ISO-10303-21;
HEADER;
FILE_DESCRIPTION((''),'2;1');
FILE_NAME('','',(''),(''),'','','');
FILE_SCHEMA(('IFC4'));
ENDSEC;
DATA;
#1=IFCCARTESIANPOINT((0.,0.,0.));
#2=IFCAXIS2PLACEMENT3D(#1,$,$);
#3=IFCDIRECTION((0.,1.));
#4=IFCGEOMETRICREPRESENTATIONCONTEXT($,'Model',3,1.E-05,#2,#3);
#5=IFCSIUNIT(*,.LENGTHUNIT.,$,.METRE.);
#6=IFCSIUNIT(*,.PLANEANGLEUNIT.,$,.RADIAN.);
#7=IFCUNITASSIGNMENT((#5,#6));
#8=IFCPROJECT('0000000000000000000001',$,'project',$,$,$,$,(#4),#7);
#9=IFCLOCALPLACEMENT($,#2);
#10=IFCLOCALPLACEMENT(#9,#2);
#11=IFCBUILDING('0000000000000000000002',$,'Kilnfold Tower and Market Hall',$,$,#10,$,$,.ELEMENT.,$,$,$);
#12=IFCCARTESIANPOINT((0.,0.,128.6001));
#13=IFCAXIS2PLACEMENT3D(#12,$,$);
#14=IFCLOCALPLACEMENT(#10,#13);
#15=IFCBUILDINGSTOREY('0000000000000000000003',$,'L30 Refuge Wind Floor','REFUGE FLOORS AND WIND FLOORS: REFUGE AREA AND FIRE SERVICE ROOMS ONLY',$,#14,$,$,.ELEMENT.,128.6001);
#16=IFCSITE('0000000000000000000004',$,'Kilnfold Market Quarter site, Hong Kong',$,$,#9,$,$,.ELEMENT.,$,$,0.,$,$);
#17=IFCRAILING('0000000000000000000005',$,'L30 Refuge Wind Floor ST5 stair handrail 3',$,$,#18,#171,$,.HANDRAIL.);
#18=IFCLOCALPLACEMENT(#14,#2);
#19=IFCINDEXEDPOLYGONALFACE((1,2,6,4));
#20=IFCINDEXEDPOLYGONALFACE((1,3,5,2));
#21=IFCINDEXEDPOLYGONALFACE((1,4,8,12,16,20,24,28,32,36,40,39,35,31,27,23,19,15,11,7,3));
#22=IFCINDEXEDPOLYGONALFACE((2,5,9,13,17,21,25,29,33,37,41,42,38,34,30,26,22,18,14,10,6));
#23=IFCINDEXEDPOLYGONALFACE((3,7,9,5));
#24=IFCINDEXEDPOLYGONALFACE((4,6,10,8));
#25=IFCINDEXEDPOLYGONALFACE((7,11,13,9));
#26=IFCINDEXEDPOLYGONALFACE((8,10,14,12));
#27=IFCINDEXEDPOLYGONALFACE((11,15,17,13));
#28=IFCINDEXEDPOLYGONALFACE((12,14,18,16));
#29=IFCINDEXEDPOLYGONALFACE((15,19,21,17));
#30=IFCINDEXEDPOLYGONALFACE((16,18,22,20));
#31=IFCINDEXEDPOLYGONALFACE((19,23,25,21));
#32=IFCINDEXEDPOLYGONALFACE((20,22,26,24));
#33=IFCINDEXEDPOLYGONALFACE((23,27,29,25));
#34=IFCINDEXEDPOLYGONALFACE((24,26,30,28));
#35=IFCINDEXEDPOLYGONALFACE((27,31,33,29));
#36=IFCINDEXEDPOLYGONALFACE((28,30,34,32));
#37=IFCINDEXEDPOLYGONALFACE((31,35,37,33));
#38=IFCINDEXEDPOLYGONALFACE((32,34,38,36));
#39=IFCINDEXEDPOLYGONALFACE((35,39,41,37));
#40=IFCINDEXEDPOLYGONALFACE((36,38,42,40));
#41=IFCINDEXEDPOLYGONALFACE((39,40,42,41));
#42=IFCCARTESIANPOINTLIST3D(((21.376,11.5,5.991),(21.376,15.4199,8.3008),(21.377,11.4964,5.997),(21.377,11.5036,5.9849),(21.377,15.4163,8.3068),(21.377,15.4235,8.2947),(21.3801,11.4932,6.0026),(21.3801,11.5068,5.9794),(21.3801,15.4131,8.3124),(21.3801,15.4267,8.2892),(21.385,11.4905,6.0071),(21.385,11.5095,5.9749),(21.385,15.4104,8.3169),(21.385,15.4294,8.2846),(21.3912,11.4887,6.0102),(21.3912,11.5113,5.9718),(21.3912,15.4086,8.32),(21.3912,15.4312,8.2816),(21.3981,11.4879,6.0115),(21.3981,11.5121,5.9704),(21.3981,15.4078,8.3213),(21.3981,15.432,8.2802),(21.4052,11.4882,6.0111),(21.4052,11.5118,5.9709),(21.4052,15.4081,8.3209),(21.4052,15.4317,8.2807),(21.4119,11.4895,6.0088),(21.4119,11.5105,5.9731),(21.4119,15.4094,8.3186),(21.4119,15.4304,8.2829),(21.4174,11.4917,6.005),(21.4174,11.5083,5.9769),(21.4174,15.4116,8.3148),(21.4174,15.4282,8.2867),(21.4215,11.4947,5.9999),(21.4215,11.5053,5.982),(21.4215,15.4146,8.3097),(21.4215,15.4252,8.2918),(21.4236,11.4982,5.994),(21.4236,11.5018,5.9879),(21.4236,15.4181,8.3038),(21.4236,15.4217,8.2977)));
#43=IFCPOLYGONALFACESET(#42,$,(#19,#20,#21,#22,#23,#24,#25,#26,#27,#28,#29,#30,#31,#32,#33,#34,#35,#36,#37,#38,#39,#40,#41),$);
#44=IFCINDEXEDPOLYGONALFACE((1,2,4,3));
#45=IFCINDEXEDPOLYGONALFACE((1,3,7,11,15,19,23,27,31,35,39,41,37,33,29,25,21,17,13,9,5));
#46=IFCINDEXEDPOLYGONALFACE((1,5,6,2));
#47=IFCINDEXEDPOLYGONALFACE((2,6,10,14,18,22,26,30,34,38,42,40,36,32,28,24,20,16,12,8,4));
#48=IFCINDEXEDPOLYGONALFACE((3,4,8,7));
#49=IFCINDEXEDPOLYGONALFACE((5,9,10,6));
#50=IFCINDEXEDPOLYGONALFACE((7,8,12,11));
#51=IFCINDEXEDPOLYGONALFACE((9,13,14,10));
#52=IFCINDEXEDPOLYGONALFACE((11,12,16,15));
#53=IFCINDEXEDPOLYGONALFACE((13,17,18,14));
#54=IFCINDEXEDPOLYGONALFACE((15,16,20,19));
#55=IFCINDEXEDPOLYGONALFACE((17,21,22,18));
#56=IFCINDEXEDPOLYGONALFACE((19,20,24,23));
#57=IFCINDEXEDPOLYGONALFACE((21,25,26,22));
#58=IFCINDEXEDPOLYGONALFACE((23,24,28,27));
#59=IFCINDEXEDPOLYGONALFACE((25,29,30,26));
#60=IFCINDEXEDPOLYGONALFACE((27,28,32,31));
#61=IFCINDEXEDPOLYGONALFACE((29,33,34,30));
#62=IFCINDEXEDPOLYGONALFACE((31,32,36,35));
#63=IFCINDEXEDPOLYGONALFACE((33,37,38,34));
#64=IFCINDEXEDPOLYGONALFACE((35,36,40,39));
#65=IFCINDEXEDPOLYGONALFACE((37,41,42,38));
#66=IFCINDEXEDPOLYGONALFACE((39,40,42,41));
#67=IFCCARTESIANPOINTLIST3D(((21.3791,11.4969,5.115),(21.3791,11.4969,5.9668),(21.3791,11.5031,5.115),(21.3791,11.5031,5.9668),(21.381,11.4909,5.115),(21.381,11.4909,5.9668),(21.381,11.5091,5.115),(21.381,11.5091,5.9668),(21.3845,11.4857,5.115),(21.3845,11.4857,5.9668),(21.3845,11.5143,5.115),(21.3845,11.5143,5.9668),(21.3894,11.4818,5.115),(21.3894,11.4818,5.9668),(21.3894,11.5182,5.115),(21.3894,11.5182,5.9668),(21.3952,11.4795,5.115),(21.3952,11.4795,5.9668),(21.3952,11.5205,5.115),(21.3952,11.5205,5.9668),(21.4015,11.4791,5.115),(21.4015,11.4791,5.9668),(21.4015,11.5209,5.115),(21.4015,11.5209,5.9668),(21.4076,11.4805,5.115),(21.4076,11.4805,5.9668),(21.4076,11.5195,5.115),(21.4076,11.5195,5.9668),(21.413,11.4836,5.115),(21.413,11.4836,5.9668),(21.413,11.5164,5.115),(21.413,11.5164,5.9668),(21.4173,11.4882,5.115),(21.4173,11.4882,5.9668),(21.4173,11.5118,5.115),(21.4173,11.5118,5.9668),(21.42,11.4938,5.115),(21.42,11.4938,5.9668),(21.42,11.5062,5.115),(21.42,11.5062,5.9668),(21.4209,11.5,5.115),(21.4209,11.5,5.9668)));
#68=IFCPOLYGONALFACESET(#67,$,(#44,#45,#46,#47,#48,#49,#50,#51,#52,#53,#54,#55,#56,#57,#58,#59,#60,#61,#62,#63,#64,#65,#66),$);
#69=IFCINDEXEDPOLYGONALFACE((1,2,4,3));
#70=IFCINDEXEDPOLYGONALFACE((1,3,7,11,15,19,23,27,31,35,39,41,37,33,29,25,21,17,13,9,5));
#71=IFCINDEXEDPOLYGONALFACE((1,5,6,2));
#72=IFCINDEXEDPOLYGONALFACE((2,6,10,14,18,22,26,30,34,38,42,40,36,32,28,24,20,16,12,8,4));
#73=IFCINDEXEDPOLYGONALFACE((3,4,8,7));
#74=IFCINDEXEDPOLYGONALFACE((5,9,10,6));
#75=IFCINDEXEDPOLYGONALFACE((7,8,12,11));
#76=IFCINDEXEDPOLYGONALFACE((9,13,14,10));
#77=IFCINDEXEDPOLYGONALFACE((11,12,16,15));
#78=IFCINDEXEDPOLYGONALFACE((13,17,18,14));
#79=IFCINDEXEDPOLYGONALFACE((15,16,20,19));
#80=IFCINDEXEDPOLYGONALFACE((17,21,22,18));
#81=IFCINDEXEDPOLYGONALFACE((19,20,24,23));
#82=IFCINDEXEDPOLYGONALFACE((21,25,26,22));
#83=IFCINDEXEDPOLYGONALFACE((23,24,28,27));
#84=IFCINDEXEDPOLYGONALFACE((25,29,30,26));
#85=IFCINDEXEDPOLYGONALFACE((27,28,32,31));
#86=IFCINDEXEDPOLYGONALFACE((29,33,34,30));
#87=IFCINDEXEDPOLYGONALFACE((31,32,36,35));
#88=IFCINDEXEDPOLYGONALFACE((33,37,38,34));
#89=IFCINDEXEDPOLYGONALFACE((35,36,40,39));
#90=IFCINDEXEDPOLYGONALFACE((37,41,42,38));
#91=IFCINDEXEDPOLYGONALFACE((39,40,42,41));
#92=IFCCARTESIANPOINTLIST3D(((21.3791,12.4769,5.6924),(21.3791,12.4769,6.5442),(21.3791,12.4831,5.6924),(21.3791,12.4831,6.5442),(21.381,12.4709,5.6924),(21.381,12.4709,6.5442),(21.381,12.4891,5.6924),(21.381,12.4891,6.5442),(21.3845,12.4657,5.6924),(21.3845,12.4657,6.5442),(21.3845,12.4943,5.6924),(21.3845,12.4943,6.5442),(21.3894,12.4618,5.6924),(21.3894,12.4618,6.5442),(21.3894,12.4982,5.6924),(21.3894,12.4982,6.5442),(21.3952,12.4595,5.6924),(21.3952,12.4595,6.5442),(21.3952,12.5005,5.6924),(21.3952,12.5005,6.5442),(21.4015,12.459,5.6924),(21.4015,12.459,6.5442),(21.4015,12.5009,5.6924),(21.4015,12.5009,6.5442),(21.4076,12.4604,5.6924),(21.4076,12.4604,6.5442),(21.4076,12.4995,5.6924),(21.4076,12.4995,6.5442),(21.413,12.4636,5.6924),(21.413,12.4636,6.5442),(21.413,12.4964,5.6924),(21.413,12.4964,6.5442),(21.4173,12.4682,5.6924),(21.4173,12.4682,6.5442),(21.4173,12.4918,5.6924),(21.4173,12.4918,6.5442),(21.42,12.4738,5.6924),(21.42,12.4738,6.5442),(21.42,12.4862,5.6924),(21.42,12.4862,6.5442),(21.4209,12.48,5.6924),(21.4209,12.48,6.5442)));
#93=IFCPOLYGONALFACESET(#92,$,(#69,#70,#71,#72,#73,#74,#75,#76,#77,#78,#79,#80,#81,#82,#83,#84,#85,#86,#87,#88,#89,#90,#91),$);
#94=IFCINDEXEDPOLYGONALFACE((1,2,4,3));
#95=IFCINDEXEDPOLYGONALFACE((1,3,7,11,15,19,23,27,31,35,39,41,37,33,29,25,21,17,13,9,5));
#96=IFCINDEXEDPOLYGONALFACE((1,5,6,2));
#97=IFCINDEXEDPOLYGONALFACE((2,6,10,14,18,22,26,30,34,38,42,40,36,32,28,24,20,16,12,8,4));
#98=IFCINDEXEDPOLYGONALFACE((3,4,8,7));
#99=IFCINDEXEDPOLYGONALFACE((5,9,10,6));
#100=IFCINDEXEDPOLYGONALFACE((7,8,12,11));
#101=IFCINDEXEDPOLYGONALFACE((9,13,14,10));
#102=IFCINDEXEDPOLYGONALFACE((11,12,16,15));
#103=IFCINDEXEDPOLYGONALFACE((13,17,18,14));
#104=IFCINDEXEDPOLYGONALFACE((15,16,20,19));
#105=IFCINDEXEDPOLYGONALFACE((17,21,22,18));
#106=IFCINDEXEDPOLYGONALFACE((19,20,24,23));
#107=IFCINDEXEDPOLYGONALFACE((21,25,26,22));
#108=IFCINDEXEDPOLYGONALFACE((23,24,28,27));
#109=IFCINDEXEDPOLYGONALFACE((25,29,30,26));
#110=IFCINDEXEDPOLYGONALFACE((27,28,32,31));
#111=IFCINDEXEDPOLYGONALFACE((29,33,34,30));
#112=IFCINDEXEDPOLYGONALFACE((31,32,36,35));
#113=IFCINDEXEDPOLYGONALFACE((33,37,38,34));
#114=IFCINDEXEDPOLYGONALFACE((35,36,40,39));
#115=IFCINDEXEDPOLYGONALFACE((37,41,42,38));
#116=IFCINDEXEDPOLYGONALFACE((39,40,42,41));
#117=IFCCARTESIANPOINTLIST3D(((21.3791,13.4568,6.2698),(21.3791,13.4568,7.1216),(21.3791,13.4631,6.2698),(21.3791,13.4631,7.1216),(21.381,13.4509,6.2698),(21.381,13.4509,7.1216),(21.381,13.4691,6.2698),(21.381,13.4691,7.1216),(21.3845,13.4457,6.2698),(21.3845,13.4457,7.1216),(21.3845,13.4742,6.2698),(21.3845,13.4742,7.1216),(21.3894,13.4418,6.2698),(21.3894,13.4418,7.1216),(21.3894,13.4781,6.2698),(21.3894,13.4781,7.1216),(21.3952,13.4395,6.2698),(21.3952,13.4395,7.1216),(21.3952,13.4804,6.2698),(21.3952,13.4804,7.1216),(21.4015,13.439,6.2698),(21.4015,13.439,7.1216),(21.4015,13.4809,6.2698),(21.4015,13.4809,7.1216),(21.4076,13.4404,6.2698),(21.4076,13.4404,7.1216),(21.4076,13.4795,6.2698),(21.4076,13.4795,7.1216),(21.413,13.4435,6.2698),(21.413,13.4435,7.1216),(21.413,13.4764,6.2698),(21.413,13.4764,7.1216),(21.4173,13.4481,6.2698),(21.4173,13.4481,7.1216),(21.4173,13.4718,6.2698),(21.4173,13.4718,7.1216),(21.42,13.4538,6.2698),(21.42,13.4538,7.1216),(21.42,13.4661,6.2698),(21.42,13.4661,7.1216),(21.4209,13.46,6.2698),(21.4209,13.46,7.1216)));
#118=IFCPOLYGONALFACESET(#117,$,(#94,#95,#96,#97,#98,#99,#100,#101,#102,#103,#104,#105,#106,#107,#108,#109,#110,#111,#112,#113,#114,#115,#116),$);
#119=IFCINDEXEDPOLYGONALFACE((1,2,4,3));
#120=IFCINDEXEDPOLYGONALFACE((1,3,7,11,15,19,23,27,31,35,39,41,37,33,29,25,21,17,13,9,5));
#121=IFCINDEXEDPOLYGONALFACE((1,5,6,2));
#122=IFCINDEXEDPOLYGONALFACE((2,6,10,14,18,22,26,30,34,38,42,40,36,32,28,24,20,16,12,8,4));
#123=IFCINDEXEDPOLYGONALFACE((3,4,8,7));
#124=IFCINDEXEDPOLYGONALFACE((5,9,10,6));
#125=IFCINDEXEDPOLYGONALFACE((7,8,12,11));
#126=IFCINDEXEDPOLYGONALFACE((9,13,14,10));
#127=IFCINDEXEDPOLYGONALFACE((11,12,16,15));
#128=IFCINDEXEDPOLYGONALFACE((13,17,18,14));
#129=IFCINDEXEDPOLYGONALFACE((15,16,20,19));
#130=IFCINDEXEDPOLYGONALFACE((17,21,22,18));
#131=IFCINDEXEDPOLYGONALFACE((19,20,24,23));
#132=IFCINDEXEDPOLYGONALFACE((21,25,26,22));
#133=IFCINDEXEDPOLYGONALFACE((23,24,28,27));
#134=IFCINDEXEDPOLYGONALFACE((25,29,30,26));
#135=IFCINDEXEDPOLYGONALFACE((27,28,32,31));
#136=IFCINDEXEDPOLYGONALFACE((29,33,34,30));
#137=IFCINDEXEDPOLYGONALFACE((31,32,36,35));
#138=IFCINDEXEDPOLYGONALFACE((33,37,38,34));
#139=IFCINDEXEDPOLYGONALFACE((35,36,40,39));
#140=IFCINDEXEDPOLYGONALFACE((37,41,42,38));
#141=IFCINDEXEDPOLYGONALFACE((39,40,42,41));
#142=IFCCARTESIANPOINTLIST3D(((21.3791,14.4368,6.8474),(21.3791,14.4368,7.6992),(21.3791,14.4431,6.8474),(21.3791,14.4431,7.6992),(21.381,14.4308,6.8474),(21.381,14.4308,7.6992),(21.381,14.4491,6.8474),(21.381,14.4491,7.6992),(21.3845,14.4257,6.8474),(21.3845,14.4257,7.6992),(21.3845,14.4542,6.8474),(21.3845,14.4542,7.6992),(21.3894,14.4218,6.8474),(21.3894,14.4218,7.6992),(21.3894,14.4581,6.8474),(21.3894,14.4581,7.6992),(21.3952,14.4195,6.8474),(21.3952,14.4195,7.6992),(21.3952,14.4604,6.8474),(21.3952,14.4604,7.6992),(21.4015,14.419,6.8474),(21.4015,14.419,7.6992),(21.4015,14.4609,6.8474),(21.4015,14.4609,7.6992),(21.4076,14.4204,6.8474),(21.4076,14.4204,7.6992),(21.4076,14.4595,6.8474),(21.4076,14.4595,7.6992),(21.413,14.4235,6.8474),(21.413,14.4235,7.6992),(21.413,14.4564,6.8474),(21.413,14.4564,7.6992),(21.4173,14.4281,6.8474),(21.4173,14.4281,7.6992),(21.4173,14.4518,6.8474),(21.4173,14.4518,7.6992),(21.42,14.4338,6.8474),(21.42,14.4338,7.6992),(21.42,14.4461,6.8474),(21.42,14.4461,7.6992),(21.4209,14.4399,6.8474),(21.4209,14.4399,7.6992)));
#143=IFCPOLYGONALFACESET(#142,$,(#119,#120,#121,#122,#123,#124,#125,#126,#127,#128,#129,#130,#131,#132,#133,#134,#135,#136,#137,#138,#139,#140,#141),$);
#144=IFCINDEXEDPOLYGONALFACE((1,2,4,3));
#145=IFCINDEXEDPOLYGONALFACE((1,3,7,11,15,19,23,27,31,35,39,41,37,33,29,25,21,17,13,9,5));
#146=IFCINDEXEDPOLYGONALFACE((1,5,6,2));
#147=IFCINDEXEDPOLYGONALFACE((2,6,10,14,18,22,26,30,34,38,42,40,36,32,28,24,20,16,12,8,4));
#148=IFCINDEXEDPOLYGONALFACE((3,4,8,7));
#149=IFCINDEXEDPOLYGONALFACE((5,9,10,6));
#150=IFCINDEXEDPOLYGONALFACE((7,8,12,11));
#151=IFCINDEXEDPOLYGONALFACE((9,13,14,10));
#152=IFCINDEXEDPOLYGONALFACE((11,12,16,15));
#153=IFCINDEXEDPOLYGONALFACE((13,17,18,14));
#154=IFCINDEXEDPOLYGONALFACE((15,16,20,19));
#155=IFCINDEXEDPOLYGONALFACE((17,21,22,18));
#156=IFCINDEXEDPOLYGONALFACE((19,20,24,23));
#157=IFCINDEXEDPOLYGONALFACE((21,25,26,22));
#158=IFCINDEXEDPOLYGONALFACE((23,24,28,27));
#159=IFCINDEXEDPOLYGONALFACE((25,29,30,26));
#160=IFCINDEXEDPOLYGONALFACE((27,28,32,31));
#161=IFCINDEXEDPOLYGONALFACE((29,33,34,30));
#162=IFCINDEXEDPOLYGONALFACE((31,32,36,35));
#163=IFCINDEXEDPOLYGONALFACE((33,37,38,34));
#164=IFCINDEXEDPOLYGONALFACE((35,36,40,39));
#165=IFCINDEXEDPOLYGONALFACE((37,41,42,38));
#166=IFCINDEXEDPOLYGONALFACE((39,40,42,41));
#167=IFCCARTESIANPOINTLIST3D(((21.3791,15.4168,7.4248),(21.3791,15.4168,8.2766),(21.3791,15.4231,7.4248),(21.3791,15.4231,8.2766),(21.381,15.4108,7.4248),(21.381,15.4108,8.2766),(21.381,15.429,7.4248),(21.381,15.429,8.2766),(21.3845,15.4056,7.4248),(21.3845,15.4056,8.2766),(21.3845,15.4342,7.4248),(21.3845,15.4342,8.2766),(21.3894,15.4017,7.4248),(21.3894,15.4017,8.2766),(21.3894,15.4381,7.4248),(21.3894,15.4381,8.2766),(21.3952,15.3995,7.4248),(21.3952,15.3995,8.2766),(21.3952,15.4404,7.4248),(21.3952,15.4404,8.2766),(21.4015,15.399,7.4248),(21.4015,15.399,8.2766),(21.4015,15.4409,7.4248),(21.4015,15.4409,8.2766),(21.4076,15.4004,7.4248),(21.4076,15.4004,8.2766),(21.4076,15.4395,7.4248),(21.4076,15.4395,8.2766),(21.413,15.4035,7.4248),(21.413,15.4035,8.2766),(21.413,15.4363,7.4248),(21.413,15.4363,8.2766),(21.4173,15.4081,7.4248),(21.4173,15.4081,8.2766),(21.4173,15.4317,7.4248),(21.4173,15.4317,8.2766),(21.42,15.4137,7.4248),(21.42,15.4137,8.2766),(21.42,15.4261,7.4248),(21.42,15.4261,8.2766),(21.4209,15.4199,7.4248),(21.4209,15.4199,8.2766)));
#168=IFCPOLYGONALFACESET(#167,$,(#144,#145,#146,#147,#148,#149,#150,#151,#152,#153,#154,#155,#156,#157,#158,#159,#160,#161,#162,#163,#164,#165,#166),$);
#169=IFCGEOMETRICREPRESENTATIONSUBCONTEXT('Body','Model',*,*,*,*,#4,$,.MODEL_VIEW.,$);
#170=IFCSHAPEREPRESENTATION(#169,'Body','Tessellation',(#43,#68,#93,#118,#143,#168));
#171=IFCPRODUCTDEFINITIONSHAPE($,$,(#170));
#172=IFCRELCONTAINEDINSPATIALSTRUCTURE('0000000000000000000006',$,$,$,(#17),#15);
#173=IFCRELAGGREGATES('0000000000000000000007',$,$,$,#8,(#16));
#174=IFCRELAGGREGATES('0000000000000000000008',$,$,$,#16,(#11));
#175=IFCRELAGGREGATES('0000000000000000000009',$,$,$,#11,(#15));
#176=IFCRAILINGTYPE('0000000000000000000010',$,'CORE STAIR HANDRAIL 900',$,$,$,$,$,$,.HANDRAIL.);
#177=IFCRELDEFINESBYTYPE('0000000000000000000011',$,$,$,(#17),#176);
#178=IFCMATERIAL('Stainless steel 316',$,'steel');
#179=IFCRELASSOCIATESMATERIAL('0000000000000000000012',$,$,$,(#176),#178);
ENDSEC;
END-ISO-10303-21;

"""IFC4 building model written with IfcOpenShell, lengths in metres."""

from ifc_helpers import new_model, si_unit, direction, frame, origin, origin_2d, place, context, subcontext, project, spatial, circle, extrude, material, type_object, element, save


model = new_model("IFC4")

# Units and contexts
model_context = context("Model", 3, precision=1e-05, world=origin(), true_north=direction((0.0, 1.0)))
body_context = subcontext(model_context, "Body", "Model", "MODEL_VIEW")
ifc_project = project(units=[si_unit("LENGTHUNIT", "METRE"), si_unit("PLANEANGLEUNIT", "RADIAN")], contexts=[model_context])

# Site, building, storey
site_placement = place(None, origin())
site = spatial("IfcSite", under=ifc_project, at=site_placement, Name="Kilnfold Market Quarter site, Hong Kong", CompositionType="ELEMENT", RefElevation=0.0)
building_placement = place(site_placement, origin())
building = spatial("IfcBuilding", under=site, at=building_placement, Name="Kilnfold Tower and Market Hall", CompositionType="ELEMENT")
storey_placement = place(building_placement, frame((0.0, 0.0, 128.6001)))
storey = spatial("IfcBuildingStorey", under=building, at=storey_placement, Name="L30 Refuge Wind Floor", Description="REFUGE FLOORS AND WIND FLOORS: REFUGE AREA AND FIRE SERVICE ROOMS ONLY", CompositionType="ELEMENT", Elevation=128.6001)

# Railing
ifc_material_1 = material(Name="Stainless steel 316", Category="steel")
railing_type_1 = type_object("IfcRailingType", Name="CORE STAIR HANDRAIL 900", PredefinedType="HANDRAIL", material=ifc_material_1)
railing_1_placement = place(storey_placement, frame((21.3999, 11.5, 5.115)))
element("IfcRailing", 1, at=railing_1_placement, inside=storey, type_object=railing_type_1, Name="L30 Refuge Wind Floor ST5 stair handrail 3", PredefinedType="HANDRAIL", context=body_context, shape_type="SweptSolid", body=[
    extrude(circle(Radius=0.0239, at=origin_2d()), frame((0.0, 0.0, 0.876), z_axis=(0.0, 0.861552, 0.50767), x_axis=(-1.0, 0.0, 0.0)), (0.0, 0.0, 1.0), 4.5498),
    extrude(circle(Radius=0.021, at=origin_2d()), origin(), (0.0, 0.0, 1.0), 0.8518),
    extrude(circle(Radius=0.021, at=origin_2d()), frame((0.0, 0.98, 0.5774)), (0.0, 0.0, 1.0), 0.8518),
    extrude(circle(Radius=0.021, at=origin_2d()), frame((0.0, 1.96, 1.1548)), (0.0, 0.0, 1.0), 0.8518),
    extrude(circle(Radius=0.021, at=origin_2d()), frame((0.0, 2.9399, 1.7324)), (0.0, 0.0, 1.0), 0.8518),
    extrude(circle(Radius=0.021, at=origin_2d()), frame((0.0, 3.9199, 2.3098)), (0.0, 0.0, 1.0), 0.8518),
])

save(model, "model.ifc")
